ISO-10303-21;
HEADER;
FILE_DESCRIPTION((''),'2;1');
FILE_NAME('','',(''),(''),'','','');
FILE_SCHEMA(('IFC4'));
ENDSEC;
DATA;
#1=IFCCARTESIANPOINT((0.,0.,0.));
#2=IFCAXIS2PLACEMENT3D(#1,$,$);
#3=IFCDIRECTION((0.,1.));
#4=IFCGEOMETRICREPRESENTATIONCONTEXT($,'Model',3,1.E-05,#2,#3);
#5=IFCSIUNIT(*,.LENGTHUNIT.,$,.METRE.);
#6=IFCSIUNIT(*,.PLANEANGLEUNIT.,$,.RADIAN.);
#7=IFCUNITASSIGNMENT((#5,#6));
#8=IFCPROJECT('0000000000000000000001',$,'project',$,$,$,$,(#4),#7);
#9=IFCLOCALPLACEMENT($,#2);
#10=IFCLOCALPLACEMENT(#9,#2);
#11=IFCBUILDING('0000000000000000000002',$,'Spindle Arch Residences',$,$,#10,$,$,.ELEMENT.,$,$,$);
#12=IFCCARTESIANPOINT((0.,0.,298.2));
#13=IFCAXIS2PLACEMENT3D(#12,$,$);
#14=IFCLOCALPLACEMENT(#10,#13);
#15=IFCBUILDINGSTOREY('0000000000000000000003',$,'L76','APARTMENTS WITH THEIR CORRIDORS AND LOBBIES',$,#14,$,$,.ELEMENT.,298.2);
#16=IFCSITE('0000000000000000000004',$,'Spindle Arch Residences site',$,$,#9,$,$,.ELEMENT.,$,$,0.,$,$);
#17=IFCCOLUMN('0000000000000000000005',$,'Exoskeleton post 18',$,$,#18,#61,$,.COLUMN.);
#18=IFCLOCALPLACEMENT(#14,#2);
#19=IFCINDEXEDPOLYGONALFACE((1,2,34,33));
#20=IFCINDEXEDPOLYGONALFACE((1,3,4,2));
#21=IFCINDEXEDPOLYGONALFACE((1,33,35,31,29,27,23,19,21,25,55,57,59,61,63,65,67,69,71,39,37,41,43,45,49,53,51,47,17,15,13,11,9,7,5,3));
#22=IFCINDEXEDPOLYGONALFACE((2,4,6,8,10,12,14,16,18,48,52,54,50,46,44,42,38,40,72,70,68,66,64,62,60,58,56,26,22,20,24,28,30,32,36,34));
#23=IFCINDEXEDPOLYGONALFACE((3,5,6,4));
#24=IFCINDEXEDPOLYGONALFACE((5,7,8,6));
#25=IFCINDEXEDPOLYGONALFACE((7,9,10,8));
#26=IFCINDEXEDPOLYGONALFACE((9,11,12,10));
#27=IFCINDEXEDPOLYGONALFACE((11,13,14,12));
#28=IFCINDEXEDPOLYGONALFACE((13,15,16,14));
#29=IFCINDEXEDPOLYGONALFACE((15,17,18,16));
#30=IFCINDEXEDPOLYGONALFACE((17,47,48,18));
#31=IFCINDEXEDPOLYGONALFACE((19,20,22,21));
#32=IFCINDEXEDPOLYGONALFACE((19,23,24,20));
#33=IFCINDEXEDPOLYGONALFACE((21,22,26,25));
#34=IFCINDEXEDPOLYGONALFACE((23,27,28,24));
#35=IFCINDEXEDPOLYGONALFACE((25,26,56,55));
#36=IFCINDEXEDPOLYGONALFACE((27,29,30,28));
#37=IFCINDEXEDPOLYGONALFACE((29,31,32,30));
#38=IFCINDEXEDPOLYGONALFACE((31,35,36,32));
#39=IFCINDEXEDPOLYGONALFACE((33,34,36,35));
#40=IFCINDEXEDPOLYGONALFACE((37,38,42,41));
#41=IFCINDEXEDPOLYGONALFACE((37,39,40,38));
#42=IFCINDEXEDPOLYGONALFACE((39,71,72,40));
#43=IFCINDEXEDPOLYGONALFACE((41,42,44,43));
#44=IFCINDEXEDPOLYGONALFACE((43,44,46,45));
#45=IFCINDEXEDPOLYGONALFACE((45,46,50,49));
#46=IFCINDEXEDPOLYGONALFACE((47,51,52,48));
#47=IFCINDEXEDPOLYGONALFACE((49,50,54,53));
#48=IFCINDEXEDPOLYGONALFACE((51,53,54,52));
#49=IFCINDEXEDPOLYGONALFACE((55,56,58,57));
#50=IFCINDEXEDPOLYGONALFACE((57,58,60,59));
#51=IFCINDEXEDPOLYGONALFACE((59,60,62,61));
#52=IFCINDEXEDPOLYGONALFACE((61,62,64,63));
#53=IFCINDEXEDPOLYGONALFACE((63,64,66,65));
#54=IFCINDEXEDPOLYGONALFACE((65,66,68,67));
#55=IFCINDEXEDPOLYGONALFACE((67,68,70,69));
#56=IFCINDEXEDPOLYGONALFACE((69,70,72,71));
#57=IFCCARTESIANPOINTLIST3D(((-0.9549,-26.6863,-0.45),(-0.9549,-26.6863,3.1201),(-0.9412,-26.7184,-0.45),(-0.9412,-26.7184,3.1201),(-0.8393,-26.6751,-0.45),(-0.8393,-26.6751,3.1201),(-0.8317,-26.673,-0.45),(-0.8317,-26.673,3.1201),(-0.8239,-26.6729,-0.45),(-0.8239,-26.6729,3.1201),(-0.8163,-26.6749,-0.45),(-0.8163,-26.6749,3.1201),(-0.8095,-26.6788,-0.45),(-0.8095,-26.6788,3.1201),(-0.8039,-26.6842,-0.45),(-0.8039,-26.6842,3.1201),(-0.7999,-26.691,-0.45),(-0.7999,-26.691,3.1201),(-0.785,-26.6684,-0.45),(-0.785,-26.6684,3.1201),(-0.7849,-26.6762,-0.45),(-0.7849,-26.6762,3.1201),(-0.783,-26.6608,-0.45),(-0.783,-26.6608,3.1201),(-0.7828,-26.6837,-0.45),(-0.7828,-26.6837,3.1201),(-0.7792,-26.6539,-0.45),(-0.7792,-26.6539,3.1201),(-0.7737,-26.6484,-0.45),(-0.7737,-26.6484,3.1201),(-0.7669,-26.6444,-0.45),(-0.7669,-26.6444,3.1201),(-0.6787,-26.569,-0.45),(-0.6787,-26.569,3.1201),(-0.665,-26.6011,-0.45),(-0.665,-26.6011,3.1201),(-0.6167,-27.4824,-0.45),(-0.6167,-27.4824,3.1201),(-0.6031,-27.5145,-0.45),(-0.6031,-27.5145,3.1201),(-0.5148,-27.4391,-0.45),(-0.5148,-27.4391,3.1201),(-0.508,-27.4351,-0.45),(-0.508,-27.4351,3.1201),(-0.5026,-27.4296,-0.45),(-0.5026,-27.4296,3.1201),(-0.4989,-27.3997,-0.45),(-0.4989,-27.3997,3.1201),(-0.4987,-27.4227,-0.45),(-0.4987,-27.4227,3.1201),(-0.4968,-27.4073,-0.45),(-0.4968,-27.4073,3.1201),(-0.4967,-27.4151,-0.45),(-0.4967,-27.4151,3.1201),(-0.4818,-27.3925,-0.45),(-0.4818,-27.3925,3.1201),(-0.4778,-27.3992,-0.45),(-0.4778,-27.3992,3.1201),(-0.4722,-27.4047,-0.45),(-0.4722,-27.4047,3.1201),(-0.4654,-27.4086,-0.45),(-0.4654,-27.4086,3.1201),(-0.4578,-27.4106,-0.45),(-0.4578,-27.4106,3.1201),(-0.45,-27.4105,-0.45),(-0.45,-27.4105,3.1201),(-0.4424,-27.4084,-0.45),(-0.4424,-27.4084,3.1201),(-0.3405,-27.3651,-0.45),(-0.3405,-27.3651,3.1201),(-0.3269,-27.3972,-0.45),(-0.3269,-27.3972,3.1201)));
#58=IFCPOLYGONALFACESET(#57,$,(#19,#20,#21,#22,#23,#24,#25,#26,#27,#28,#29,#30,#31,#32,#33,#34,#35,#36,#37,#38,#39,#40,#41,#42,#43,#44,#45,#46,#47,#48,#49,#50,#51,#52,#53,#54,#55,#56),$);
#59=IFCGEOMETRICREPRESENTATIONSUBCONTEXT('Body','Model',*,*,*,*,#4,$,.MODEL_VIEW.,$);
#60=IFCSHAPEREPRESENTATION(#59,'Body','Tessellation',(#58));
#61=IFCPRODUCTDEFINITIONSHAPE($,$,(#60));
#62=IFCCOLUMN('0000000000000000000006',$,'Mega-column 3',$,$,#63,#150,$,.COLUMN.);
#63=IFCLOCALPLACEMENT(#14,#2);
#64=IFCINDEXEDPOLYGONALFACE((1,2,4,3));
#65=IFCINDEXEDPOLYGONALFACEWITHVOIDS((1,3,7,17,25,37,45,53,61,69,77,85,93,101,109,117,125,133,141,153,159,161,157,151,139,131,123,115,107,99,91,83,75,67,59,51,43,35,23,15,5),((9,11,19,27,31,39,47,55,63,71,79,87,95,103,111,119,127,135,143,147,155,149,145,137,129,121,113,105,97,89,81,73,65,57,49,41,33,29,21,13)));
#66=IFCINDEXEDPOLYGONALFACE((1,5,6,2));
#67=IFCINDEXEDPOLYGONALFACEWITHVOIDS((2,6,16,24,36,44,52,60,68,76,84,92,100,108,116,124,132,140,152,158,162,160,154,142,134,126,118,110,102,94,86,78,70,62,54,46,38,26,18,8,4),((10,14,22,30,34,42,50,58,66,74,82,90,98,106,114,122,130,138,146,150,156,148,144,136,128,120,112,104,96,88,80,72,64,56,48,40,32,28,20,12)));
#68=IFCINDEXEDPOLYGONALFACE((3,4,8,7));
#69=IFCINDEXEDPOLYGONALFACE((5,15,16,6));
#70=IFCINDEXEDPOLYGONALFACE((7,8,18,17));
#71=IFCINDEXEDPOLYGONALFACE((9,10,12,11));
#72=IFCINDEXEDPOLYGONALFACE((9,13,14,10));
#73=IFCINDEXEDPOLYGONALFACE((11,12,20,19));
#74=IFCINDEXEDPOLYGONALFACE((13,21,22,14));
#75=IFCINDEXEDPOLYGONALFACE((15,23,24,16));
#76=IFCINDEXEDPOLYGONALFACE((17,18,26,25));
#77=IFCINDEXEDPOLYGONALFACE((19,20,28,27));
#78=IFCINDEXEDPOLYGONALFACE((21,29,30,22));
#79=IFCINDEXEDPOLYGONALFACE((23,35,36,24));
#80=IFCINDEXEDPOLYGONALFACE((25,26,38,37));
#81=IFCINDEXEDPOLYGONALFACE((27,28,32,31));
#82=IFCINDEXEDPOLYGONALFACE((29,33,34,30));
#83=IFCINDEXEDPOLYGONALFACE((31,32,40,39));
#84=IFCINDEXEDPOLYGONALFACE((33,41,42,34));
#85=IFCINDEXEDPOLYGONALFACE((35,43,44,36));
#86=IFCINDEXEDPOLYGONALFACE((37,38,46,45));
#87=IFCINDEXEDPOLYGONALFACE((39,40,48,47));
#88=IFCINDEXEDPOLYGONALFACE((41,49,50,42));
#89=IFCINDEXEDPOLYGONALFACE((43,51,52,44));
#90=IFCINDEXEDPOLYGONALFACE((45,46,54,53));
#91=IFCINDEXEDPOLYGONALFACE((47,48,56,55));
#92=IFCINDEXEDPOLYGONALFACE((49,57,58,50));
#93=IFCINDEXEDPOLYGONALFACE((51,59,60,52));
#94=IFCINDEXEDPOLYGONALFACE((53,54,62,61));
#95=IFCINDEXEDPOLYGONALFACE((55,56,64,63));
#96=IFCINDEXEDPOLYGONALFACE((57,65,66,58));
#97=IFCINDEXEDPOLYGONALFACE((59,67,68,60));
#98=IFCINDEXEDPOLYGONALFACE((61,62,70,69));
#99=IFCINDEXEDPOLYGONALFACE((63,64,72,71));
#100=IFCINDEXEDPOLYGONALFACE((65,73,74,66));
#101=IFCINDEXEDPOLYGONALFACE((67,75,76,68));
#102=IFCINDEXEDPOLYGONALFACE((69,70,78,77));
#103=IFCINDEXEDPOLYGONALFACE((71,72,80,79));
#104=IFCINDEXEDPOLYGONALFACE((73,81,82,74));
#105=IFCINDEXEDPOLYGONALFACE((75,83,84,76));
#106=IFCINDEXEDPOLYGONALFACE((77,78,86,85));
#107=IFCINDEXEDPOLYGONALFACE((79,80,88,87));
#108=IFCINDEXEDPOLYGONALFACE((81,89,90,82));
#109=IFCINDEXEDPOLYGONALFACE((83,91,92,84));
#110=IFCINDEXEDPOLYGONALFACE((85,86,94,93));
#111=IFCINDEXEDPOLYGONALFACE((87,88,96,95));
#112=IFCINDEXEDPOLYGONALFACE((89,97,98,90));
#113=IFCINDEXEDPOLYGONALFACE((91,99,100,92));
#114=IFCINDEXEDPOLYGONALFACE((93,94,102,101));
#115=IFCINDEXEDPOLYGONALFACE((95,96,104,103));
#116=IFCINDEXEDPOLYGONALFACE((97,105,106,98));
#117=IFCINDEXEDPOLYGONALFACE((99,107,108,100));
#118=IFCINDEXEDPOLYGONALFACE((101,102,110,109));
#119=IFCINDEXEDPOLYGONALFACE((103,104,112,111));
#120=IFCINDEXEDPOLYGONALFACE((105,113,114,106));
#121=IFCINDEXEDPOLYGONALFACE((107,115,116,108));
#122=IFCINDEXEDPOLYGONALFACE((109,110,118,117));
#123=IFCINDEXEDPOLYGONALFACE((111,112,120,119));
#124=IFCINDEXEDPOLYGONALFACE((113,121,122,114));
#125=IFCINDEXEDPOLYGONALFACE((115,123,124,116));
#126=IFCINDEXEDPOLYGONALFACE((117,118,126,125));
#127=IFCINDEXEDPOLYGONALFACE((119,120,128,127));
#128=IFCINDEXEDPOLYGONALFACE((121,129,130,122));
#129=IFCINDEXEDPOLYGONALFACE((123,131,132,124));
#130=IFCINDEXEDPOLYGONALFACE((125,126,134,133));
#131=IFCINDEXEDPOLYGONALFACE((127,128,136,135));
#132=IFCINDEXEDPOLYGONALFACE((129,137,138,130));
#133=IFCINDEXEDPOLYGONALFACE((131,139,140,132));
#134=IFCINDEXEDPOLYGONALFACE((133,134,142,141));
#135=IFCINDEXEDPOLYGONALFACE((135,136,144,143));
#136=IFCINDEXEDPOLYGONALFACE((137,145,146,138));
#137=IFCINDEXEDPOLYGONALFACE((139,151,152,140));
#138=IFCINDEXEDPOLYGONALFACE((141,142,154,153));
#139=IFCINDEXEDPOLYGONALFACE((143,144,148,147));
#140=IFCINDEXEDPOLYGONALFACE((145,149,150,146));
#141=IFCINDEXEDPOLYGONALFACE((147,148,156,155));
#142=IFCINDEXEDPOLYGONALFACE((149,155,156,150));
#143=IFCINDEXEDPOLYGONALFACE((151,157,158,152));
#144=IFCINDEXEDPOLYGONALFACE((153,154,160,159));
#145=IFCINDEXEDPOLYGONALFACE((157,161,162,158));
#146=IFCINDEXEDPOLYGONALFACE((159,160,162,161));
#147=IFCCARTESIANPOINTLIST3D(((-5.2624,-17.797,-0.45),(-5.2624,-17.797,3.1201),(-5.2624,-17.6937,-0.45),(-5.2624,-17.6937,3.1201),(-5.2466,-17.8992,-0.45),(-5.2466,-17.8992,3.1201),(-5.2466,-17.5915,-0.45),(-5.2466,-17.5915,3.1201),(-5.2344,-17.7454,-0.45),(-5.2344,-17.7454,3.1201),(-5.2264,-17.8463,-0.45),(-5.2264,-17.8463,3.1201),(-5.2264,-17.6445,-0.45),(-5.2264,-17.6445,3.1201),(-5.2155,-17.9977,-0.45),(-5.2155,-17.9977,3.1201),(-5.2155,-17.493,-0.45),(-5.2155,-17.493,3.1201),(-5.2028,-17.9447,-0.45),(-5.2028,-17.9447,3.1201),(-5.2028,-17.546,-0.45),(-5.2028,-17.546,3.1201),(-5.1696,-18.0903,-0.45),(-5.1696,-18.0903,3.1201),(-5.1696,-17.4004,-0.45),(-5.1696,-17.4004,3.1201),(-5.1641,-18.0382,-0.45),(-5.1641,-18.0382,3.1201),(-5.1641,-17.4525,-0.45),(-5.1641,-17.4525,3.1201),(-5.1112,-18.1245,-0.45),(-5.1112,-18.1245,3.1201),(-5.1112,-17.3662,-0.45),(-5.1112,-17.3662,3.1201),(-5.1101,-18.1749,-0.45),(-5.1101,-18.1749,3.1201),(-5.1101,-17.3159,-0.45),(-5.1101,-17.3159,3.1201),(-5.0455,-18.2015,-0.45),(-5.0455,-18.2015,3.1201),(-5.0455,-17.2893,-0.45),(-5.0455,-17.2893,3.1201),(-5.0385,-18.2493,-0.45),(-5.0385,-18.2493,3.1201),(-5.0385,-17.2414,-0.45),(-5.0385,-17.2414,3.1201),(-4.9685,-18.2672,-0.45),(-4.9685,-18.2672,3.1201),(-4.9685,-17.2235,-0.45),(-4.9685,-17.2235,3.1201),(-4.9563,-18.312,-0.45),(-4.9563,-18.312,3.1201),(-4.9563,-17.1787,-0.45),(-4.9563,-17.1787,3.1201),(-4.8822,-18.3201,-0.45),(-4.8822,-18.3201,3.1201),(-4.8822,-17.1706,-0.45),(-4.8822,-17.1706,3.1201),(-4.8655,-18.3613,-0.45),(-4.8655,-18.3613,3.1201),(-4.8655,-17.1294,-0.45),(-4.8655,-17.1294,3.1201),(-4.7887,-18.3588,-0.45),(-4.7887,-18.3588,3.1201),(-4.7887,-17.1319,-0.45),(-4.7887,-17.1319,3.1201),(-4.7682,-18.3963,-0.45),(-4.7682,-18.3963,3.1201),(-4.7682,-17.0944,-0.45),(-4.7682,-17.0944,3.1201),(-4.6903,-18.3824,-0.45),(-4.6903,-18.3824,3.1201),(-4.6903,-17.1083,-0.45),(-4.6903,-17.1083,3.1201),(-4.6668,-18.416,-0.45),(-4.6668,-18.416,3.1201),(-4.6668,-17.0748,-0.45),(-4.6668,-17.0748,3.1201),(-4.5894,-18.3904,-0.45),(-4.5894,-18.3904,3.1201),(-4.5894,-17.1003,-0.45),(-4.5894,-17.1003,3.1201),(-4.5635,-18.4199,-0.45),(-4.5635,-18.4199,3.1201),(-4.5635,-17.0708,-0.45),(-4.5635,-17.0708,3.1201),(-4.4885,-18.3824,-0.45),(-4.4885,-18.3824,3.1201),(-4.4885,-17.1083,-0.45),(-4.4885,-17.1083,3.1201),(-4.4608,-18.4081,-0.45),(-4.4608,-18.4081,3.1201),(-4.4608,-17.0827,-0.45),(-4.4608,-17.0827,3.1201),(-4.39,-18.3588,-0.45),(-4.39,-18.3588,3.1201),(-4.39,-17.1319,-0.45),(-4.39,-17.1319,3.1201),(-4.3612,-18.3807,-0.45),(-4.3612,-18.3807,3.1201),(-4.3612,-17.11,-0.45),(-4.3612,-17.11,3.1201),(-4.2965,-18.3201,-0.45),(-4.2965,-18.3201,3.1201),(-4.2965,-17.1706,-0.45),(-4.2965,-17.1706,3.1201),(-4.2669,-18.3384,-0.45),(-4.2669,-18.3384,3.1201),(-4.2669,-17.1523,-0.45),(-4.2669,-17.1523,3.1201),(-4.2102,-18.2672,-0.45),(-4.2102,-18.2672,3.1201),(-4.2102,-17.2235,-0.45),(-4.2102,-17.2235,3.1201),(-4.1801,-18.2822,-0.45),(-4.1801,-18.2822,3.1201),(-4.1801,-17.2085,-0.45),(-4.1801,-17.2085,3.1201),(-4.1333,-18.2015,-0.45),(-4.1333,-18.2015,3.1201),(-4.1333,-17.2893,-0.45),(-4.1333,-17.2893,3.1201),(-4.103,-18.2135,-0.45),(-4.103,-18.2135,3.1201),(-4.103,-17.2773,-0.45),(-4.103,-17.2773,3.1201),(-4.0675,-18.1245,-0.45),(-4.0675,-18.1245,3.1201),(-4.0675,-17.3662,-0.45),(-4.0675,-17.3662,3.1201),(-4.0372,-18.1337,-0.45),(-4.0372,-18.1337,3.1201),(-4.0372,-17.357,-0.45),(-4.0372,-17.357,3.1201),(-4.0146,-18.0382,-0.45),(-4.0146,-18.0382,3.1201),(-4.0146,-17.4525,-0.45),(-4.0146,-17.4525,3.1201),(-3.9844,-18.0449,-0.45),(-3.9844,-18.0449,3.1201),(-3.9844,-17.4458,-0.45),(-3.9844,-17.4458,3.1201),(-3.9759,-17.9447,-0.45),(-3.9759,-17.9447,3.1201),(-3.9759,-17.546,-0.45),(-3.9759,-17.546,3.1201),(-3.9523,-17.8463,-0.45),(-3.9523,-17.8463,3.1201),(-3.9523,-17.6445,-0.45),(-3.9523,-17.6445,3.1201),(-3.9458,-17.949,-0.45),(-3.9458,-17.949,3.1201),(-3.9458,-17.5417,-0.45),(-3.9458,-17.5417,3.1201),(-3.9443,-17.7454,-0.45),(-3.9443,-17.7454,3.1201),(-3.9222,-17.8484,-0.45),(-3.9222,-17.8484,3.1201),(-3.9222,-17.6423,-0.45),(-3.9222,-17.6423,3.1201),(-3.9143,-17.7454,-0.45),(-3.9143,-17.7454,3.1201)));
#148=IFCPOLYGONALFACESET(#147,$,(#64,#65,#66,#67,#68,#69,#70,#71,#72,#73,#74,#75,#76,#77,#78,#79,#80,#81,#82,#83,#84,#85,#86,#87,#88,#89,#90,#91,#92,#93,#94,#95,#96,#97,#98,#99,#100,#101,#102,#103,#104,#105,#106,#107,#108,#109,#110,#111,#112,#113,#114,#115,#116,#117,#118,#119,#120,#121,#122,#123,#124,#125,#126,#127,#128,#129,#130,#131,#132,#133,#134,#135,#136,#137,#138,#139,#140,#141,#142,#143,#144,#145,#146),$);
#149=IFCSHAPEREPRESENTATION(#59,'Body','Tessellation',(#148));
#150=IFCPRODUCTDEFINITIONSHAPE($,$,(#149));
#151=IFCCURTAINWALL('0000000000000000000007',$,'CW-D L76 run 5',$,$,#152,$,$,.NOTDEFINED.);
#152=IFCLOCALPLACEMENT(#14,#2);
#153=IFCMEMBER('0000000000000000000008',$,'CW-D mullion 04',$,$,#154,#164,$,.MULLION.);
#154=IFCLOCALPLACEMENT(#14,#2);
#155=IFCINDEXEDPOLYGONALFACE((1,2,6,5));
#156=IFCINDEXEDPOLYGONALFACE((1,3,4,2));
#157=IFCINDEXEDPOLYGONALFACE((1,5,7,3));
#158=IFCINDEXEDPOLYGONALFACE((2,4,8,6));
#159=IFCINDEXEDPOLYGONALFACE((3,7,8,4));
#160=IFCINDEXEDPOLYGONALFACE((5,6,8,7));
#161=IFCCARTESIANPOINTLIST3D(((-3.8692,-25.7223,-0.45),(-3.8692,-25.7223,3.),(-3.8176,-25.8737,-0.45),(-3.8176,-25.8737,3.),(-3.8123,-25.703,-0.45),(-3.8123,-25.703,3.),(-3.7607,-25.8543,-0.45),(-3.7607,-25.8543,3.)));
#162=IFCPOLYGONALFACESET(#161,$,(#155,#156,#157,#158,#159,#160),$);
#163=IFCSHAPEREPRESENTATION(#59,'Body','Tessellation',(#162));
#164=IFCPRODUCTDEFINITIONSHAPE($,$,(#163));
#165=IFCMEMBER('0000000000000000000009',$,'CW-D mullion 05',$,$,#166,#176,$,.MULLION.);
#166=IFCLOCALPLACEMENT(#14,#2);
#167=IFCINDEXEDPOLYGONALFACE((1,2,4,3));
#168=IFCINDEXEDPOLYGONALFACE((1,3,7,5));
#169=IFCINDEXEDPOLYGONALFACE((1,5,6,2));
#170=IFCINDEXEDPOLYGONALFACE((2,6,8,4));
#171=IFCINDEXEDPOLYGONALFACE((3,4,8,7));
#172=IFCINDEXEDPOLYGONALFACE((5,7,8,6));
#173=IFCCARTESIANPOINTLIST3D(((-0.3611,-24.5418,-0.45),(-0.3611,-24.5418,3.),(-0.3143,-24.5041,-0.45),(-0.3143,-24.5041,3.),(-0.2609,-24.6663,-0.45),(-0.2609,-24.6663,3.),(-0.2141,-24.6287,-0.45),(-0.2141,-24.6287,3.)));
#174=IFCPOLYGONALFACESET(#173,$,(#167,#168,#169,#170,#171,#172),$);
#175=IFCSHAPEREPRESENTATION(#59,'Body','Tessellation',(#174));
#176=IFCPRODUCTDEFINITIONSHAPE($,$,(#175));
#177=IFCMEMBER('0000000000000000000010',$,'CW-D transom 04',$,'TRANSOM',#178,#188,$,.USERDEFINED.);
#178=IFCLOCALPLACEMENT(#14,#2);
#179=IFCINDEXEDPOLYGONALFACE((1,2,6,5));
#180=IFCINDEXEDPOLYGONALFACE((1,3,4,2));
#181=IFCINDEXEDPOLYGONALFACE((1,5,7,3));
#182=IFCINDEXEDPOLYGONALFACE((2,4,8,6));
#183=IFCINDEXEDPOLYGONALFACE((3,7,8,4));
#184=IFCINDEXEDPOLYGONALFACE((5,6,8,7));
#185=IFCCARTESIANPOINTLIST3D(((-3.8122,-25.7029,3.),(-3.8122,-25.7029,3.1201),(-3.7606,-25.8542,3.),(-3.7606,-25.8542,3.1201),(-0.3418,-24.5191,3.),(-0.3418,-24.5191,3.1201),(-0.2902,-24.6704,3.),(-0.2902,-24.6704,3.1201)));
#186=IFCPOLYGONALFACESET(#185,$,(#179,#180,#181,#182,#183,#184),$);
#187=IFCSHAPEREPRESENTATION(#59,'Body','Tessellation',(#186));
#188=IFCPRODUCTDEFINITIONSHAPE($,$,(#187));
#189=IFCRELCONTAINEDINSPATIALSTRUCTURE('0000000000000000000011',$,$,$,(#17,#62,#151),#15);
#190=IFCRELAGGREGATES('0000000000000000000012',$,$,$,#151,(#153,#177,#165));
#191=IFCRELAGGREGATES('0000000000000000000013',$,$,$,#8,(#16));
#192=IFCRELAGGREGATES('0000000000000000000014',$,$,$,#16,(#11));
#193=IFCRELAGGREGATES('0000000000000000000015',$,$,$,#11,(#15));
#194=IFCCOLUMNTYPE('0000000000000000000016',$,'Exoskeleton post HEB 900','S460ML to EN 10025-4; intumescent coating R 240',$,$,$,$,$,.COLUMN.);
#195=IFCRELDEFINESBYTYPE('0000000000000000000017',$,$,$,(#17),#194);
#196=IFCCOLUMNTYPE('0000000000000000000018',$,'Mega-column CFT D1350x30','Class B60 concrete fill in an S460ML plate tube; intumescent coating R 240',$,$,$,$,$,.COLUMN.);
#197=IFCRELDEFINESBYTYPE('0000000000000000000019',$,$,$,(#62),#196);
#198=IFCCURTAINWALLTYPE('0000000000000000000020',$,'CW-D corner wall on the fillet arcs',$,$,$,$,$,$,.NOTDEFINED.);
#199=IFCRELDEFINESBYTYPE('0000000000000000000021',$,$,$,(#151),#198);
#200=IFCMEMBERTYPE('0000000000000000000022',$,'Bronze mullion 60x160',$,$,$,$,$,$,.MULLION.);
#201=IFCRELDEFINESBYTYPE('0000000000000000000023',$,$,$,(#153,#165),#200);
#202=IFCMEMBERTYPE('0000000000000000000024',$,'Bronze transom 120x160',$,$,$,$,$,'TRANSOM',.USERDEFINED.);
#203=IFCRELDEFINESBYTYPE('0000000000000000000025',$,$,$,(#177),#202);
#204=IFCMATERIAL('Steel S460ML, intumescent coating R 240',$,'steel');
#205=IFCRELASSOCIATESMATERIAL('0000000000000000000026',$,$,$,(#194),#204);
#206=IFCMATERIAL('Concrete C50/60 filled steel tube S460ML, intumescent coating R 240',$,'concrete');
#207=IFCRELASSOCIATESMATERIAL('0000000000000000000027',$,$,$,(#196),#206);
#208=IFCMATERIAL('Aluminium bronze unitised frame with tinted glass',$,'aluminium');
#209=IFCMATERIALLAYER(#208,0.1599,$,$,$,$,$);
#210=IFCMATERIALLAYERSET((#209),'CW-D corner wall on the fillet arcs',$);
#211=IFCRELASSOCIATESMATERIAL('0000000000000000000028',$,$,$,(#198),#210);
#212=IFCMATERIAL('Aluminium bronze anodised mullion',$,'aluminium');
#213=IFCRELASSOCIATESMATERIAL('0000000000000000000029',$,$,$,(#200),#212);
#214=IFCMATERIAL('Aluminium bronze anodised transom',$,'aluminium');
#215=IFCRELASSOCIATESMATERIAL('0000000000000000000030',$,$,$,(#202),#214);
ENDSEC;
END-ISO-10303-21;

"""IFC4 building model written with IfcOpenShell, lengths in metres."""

from ifc_helpers import new_model, si_unit, direction, frame, origin, origin_2d, place, context, subcontext, project, spatial, rectangle, hollow_circle, i_section, extrude, material, layer, layer_set, material_profile, profile_set, type_object, element, aggregate, save


model = new_model("IFC4")

# Units and contexts
model_context = context("Model", 3, precision=1e-05, world=origin(), true_north=direction((0.0, 1.0)))
body_context = subcontext(model_context, "Body", "Model", "MODEL_VIEW")
ifc_project = project(units=[si_unit("LENGTHUNIT", "METRE"), si_unit("PLANEANGLEUNIT", "RADIAN")], contexts=[model_context])

# Site, building, storey
site_placement = place(None, origin())
site = spatial("IfcSite", under=ifc_project, at=site_placement, Name="Spindle Arch Residences site", CompositionType="ELEMENT", RefElevation=0.0)
building_placement = place(site_placement, origin())
building = spatial("IfcBuilding", under=site, at=building_placement, Name="Spindle Arch Residences", CompositionType="ELEMENT")
storey_placement = place(building_placement, frame((0.0, 0.0, 298.2)))
storey = spatial("IfcBuildingStorey", under=building, at=storey_placement, Name="L76", Description="APARTMENTS WITH THEIR CORRIDORS AND LOBBIES", CompositionType="ELEMENT", Elevation=298.2)

# Columns
ifc_material_1 = material(Name="Steel S460ML, intumescent coating R 240", Category="steel")
ifc_material_profile_1 = material_profile(ifc_material_1, i_section(OverallWidth=0.3, OverallDepth=0.8999, WebThickness=0.0186, FlangeThickness=0.0349, FilletRadius=0.03, at=origin_2d()), Name="HEB 900")
ifc_profile_set_1 = profile_set([ifc_material_profile_1], Name="Steel S460ML, intumescent coating R 240")
column_type_1 = type_object("IfcColumnType", Name="Exoskeleton post HEB 900", Description="S460ML to EN 10025-4; intumescent coating R 240", PredefinedType="COLUMN", material=ifc_profile_set_1)
column_1_placement = place(storey_placement, frame((-0.6409, -27.0417, -0.45), z_axis=(0.0, 0.0, 1.0), x_axis=(-0.920422, -0.390926, 0.0)))
element("IfcColumn", 1, at=column_1_placement, inside=storey, type_object=column_type_1, Name="Exoskeleton post 18", PredefinedType="COLUMN", context=body_context, shape_type="SweptSolid", body=[
    extrude(i_section(OverallWidth=0.3, OverallDepth=0.8999, WebThickness=0.0186, FlangeThickness=0.0349, FilletRadius=0.03, at=origin_2d()), origin(), (0.0, 0.0, 1.0), 3.5701),
])
ifc_material_2 = material(Name="Concrete C50/60 filled steel tube S460ML, intumescent coating R 240", Category="concrete")
ifc_material_profile_2 = material_profile(ifc_material_2, hollow_circle(Radius=0.675, WallThickness=0.03, at=origin_2d()), Name="CFT D1350x30")
ifc_profile_set_2 = profile_set([ifc_material_profile_2], Name="Concrete C50/60 filled steel tube S460ML, intumescent coating R 240")
column_type_2 = type_object("IfcColumnType", Name="Mega-column CFT D1350x30", Description="Class B60 concrete fill in an S460ML plate tube; intumescent coating R 240", PredefinedType="COLUMN", material=ifc_profile_set_2)
column_2_placement = place(storey_placement, frame((-4.5894, -17.7454, -0.45), z_axis=(0.0, 0.0, 1.0), x_axis=(1.0, 0.0, 0.0)))
element("IfcColumn", 2, at=column_2_placement, inside=storey, type_object=column_type_2, Name="Mega-column 3", PredefinedType="COLUMN", context=body_context, shape_type="SweptSolid", body=[
    extrude(hollow_circle(Radius=0.675, WallThickness=0.03, at=origin_2d()), origin(), (0.0, 0.0, 1.0), 3.5701),
])

# Curtain wall, members
ifc_material_3 = material(Name="Aluminium bronze unitised frame with tinted glass", Category="aluminium")
ifc_layer_1 = layer(ifc_material_3, 0.1599)
ifc_layer_set_1 = layer_set([ifc_layer_1], Name="CW-D corner wall on the fillet arcs")
curtain_wall_type = type_object("IfcCurtainWallType", Name="CW-D corner wall on the fillet arcs", PredefinedType="NOTDEFINED", material=ifc_layer_set_1)
curtain_wall_placement = place(storey_placement, origin())
curtain_wall = element("IfcCurtainWall", 3, at=curtain_wall_placement, inside=storey, type_object=curtain_wall_type, Name="CW-D L76 run 5", PredefinedType="NOTDEFINED")
ifc_material_4 = material(Name="Aluminium bronze anodised mullion", Category="aluminium")
ifc_material_profile_3 = material_profile(ifc_material_4, rectangle(XDim=0.1599, YDim=0.0601, at=origin_2d()), Name="MU 60x160")
ifc_profile_set_3 = profile_set([ifc_material_profile_3], Name="Aluminium bronze anodised mullion")
member_type_1 = type_object("IfcMemberType", Name="Bronze mullion 60x160", PredefinedType="MULLION", material=ifc_profile_set_3)
member_1_placement = place(storey_placement, frame((-3.8149, -25.7883, -0.45), z_axis=(0.0, 0.0, 1.0), x_axis=(-0.322816, 0.946462, 0.0)))
member_1 = element("IfcMember", 4, at=member_1_placement, type_object=member_type_1, Name="CW-D mullion 04", PredefinedType="MULLION", context=body_context, shape_type="SweptSolid", body=[
    extrude(rectangle(XDim=0.1599, YDim=0.0601, at=origin_2d()), origin(), (0.0, 0.0, 1.0), 3.45),
])
member_2_placement = place(storey_placement, frame((-0.2876, -24.5852, -0.45), z_axis=(0.0, 0.0, 1.0), x_axis=(-0.627057, 0.778973, 0.0)))
member_2 = element("IfcMember", 5, at=member_2_placement, type_object=member_type_1, Name="CW-D mullion 05", PredefinedType="MULLION", context=body_context, shape_type="SweptSolid", body=[
    extrude(rectangle(XDim=0.1599, YDim=0.0601, at=origin_2d()), origin(), (0.0, 0.0, 1.0), 3.45),
])
ifc_material_5 = material(Name="Aluminium bronze anodised transom", Category="aluminium")
ifc_material_profile_4 = material_profile(ifc_material_5, rectangle(XDim=0.1599, YDim=0.1201, at=origin_2d()), Name="TR 120x160")
ifc_profile_set_4 = profile_set([ifc_material_profile_4], Name="Aluminium bronze anodised transom")
member_type_2 = type_object("IfcMemberType", Name="Bronze transom 120x160", ElementType="TRANSOM", PredefinedType="USERDEFINED", material=ifc_profile_set_4)
member_3_placement = place(storey_placement, frame((-3.7864, -25.7786, 3.0601), z_axis=(0.94645, 0.322852, 0.0), x_axis=(-0.322852, 0.94645, 0.0)))
member_3 = element("IfcMember", 6, at=member_3_placement, type_object=member_type_2, Name="CW-D transom 04", ObjectType="TRANSOM", PredefinedType="USERDEFINED", context=body_context, shape_type="SweptSolid", body=[
    extrude(rectangle(XDim=0.1599, YDim=0.1201, at=origin_2d()), origin(), (0.0, 0.0, 1.0), 3.6667),
])
aggregate(curtain_wall, [member_1, member_3, member_2])

save(model, "model.ifc")
